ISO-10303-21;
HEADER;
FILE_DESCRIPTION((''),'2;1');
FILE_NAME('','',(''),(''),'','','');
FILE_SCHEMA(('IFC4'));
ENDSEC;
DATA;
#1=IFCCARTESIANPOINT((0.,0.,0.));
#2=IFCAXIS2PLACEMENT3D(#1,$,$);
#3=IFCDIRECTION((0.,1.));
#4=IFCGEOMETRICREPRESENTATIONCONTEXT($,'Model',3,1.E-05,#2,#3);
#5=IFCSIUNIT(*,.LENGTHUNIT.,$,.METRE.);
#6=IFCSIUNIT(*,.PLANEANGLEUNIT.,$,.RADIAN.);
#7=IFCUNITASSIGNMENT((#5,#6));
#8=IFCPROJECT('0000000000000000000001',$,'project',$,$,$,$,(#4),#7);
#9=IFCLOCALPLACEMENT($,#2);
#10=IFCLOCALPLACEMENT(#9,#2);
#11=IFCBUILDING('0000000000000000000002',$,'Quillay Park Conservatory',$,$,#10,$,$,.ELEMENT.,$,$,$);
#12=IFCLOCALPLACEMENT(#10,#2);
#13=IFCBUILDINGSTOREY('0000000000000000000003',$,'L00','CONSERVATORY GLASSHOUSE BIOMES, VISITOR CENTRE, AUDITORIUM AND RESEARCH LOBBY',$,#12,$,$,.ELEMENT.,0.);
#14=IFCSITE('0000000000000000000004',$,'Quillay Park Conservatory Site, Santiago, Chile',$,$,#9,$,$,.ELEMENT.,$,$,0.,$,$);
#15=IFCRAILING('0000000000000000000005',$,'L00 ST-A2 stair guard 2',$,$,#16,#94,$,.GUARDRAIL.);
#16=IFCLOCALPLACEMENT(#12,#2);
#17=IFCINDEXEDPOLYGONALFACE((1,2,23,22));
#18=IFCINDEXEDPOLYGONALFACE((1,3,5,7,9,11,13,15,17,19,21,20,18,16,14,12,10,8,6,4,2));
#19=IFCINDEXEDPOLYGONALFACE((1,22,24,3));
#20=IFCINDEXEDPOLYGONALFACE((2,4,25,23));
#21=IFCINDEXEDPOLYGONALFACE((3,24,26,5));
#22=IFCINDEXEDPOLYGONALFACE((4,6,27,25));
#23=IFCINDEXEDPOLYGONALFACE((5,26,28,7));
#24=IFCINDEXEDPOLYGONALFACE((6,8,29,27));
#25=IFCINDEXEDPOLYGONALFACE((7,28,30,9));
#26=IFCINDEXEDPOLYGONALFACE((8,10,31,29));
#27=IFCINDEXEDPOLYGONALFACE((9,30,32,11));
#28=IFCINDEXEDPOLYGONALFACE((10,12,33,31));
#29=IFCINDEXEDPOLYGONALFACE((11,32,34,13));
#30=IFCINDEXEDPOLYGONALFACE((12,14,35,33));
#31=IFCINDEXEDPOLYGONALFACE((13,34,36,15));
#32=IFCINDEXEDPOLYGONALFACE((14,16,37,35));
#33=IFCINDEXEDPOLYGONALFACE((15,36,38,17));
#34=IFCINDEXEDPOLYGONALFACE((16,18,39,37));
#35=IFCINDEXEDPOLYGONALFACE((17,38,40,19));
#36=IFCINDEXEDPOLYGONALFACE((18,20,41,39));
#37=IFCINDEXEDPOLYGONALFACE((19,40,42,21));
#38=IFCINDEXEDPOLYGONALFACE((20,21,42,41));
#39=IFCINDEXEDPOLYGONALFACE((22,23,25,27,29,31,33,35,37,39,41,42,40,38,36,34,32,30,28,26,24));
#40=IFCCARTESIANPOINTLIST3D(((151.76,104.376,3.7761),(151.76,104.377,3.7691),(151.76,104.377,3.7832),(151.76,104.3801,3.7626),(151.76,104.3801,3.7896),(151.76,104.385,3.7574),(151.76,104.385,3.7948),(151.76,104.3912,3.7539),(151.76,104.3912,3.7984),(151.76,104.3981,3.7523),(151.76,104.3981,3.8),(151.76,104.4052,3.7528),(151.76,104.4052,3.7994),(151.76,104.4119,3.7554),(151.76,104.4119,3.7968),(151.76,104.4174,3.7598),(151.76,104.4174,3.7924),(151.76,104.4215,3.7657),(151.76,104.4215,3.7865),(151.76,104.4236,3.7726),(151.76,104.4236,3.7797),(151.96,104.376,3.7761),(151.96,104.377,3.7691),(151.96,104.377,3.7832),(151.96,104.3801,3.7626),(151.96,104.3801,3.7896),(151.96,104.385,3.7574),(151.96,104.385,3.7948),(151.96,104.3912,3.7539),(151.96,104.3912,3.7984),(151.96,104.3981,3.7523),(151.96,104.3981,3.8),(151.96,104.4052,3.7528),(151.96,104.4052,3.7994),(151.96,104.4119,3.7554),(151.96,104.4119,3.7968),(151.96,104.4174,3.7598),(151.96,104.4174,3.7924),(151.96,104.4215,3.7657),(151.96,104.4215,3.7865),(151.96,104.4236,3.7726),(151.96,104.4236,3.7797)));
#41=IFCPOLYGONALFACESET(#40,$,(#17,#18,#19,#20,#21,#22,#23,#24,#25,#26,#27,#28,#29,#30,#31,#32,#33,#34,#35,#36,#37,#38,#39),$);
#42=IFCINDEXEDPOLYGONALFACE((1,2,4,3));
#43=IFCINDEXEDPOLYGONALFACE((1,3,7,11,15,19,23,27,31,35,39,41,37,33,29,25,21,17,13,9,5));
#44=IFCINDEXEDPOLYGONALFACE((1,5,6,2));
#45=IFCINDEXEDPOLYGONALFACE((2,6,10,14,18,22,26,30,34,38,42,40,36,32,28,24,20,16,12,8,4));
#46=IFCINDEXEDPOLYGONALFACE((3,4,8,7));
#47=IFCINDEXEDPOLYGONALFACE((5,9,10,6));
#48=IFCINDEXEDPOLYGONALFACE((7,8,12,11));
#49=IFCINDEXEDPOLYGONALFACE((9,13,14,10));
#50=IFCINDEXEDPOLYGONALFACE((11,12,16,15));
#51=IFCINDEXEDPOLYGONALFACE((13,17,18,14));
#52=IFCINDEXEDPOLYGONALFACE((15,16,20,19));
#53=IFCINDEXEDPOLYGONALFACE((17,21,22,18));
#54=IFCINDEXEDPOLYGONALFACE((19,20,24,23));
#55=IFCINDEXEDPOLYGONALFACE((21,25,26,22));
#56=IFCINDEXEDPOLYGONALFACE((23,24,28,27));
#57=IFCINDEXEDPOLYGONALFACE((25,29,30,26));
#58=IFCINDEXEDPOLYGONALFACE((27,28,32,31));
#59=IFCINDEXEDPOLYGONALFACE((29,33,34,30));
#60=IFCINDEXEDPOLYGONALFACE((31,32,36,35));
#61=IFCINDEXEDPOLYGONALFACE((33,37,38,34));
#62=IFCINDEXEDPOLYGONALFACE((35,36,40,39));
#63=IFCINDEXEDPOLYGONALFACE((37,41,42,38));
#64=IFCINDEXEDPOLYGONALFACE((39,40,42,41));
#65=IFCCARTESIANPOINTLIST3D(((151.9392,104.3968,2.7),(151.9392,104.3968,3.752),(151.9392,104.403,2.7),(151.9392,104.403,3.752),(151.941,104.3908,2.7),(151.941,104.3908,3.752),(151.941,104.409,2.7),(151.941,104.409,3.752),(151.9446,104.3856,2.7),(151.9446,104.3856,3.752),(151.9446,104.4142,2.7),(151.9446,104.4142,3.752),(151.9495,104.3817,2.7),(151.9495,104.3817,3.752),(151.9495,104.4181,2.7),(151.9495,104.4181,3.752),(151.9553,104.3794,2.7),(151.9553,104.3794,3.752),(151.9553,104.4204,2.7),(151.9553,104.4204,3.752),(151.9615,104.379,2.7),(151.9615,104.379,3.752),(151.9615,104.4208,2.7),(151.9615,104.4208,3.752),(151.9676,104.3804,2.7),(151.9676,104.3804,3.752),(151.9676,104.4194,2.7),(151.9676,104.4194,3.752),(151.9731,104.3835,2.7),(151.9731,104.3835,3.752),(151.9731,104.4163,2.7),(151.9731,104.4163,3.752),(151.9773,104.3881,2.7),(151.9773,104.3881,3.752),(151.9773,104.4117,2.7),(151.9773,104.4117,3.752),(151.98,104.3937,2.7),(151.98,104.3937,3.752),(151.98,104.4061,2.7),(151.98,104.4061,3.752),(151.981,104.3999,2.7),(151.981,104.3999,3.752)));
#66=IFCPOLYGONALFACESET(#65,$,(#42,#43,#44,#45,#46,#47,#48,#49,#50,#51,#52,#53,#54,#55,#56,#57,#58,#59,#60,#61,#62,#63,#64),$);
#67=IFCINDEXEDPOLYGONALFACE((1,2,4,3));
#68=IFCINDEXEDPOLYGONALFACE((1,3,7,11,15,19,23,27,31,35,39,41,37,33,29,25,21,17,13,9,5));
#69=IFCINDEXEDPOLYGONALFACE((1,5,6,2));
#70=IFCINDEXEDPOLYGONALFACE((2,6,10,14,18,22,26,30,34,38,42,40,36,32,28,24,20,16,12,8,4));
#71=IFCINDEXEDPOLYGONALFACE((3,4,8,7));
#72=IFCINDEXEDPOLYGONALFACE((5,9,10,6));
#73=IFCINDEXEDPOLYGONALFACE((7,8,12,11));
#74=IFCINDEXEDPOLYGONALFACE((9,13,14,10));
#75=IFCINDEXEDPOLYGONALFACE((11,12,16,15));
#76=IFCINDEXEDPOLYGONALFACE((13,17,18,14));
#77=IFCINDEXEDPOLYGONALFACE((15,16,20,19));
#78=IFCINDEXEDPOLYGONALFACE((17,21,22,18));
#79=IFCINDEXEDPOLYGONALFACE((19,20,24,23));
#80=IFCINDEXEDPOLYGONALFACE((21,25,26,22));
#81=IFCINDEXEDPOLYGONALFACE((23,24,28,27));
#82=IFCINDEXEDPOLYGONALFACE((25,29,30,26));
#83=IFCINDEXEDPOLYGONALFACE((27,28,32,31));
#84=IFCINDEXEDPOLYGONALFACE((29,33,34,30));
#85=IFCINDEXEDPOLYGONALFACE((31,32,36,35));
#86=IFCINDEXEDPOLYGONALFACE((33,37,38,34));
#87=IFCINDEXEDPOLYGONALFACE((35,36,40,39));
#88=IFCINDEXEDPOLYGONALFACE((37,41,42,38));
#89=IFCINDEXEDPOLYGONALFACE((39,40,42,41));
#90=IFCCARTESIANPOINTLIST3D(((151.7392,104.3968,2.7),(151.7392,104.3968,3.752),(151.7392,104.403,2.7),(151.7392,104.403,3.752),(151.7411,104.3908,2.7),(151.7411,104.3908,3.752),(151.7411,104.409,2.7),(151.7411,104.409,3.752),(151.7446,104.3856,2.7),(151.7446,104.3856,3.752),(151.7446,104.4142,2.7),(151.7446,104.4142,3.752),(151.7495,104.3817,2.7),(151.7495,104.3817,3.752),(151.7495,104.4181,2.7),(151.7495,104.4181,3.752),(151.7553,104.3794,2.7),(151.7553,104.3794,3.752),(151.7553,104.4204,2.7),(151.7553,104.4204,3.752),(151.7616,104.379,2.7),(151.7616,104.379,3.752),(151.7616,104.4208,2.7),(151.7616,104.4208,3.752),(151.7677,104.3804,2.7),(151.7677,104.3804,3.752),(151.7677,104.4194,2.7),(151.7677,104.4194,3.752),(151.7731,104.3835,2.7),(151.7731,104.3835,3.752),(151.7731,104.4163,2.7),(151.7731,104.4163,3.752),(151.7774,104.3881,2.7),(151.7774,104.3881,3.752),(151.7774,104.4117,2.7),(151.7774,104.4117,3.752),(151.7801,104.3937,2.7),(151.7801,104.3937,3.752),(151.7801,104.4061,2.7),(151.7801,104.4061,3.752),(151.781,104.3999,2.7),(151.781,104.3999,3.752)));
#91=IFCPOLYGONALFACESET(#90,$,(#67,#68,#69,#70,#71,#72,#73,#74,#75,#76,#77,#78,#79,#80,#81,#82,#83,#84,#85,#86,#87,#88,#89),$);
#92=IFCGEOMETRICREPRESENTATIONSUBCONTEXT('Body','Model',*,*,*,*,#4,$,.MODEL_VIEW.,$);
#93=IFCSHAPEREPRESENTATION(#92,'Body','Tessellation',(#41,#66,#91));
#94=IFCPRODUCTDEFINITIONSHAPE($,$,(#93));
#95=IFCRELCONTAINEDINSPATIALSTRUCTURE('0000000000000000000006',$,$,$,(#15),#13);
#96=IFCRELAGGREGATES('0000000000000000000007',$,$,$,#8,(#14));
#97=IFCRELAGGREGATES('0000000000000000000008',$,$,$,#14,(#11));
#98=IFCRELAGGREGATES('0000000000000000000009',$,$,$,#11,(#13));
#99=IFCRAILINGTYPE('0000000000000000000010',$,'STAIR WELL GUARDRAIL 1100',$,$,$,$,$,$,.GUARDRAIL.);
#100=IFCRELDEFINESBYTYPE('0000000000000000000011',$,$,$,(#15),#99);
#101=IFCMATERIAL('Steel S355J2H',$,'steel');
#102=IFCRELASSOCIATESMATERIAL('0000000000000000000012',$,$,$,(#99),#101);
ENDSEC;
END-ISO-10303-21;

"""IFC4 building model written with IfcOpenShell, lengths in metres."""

from ifc_helpers import new_model, si_unit, direction, frame, origin, origin_2d, place, context, subcontext, project, spatial, circle, extrude, material, type_object, element, save


model = new_model("IFC4")

# Units and contexts
model_context = context("Model", 3, precision=1e-05, world=origin(), true_north=direction((0.0, 1.0)))
body_context = subcontext(model_context, "Body", "Model", "MODEL_VIEW")
ifc_project = project(units=[si_unit("LENGTHUNIT", "METRE"), si_unit("PLANEANGLEUNIT", "RADIAN")], contexts=[model_context])

# Site, building, storey
site_placement = place(None, origin())
site = spatial("IfcSite", under=ifc_project, at=site_placement, Name="Quillay Park Conservatory Site, Santiago, Chile", CompositionType="ELEMENT", RefElevation=0.0)
building_placement = place(site_placement, origin())
building = spatial("IfcBuilding", under=site, at=building_placement, Name="Quillay Park Conservatory", CompositionType="ELEMENT")
storey_placement = place(building_placement, origin())
storey = spatial("IfcBuildingStorey", under=building, at=storey_placement, Name="L00", Description="CONSERVATORY GLASSHOUSE BIOMES, VISITOR CENTRE, AUDITORIUM AND RESEARCH LOBBY", CompositionType="ELEMENT", Elevation=0.0)

# Railing
ifc_material_1 = material(Name="Steel S355J2H", Category="steel")
railing_type_1 = type_object("IfcRailingType", Name="STAIR WELL GUARDRAIL 1100", PredefinedType="GUARDRAIL", material=ifc_material_1)
railing_1_placement = place(storey_placement, frame((151.96, 104.3999, 2.7)))
element("IfcRailing", 1, at=railing_1_placement, inside=storey, type_object=railing_type_1, Name="L00 ST-A2 stair guard 2", PredefinedType="GUARDRAIL", context=body_context, shape_type="SweptSolid", body=[
    extrude(circle(Radius=0.0239, at=origin_2d()), frame((0.0, 0.0, 1.0762), z_axis=(-1.0, 0.0, 0.0), x_axis=(0.0, -1.0, 0.0)), (0.0, 0.0, 1.0), 0.2),
    extrude(circle(Radius=0.021, at=origin_2d()), origin(), (0.0, 0.0, 1.0), 1.052),
    extrude(circle(Radius=0.021, at=origin_2d()), frame((-0.2, 0.0, 0.0)), (0.0, 0.0, 1.0), 1.052),
])

save(model, "model.ifc")
